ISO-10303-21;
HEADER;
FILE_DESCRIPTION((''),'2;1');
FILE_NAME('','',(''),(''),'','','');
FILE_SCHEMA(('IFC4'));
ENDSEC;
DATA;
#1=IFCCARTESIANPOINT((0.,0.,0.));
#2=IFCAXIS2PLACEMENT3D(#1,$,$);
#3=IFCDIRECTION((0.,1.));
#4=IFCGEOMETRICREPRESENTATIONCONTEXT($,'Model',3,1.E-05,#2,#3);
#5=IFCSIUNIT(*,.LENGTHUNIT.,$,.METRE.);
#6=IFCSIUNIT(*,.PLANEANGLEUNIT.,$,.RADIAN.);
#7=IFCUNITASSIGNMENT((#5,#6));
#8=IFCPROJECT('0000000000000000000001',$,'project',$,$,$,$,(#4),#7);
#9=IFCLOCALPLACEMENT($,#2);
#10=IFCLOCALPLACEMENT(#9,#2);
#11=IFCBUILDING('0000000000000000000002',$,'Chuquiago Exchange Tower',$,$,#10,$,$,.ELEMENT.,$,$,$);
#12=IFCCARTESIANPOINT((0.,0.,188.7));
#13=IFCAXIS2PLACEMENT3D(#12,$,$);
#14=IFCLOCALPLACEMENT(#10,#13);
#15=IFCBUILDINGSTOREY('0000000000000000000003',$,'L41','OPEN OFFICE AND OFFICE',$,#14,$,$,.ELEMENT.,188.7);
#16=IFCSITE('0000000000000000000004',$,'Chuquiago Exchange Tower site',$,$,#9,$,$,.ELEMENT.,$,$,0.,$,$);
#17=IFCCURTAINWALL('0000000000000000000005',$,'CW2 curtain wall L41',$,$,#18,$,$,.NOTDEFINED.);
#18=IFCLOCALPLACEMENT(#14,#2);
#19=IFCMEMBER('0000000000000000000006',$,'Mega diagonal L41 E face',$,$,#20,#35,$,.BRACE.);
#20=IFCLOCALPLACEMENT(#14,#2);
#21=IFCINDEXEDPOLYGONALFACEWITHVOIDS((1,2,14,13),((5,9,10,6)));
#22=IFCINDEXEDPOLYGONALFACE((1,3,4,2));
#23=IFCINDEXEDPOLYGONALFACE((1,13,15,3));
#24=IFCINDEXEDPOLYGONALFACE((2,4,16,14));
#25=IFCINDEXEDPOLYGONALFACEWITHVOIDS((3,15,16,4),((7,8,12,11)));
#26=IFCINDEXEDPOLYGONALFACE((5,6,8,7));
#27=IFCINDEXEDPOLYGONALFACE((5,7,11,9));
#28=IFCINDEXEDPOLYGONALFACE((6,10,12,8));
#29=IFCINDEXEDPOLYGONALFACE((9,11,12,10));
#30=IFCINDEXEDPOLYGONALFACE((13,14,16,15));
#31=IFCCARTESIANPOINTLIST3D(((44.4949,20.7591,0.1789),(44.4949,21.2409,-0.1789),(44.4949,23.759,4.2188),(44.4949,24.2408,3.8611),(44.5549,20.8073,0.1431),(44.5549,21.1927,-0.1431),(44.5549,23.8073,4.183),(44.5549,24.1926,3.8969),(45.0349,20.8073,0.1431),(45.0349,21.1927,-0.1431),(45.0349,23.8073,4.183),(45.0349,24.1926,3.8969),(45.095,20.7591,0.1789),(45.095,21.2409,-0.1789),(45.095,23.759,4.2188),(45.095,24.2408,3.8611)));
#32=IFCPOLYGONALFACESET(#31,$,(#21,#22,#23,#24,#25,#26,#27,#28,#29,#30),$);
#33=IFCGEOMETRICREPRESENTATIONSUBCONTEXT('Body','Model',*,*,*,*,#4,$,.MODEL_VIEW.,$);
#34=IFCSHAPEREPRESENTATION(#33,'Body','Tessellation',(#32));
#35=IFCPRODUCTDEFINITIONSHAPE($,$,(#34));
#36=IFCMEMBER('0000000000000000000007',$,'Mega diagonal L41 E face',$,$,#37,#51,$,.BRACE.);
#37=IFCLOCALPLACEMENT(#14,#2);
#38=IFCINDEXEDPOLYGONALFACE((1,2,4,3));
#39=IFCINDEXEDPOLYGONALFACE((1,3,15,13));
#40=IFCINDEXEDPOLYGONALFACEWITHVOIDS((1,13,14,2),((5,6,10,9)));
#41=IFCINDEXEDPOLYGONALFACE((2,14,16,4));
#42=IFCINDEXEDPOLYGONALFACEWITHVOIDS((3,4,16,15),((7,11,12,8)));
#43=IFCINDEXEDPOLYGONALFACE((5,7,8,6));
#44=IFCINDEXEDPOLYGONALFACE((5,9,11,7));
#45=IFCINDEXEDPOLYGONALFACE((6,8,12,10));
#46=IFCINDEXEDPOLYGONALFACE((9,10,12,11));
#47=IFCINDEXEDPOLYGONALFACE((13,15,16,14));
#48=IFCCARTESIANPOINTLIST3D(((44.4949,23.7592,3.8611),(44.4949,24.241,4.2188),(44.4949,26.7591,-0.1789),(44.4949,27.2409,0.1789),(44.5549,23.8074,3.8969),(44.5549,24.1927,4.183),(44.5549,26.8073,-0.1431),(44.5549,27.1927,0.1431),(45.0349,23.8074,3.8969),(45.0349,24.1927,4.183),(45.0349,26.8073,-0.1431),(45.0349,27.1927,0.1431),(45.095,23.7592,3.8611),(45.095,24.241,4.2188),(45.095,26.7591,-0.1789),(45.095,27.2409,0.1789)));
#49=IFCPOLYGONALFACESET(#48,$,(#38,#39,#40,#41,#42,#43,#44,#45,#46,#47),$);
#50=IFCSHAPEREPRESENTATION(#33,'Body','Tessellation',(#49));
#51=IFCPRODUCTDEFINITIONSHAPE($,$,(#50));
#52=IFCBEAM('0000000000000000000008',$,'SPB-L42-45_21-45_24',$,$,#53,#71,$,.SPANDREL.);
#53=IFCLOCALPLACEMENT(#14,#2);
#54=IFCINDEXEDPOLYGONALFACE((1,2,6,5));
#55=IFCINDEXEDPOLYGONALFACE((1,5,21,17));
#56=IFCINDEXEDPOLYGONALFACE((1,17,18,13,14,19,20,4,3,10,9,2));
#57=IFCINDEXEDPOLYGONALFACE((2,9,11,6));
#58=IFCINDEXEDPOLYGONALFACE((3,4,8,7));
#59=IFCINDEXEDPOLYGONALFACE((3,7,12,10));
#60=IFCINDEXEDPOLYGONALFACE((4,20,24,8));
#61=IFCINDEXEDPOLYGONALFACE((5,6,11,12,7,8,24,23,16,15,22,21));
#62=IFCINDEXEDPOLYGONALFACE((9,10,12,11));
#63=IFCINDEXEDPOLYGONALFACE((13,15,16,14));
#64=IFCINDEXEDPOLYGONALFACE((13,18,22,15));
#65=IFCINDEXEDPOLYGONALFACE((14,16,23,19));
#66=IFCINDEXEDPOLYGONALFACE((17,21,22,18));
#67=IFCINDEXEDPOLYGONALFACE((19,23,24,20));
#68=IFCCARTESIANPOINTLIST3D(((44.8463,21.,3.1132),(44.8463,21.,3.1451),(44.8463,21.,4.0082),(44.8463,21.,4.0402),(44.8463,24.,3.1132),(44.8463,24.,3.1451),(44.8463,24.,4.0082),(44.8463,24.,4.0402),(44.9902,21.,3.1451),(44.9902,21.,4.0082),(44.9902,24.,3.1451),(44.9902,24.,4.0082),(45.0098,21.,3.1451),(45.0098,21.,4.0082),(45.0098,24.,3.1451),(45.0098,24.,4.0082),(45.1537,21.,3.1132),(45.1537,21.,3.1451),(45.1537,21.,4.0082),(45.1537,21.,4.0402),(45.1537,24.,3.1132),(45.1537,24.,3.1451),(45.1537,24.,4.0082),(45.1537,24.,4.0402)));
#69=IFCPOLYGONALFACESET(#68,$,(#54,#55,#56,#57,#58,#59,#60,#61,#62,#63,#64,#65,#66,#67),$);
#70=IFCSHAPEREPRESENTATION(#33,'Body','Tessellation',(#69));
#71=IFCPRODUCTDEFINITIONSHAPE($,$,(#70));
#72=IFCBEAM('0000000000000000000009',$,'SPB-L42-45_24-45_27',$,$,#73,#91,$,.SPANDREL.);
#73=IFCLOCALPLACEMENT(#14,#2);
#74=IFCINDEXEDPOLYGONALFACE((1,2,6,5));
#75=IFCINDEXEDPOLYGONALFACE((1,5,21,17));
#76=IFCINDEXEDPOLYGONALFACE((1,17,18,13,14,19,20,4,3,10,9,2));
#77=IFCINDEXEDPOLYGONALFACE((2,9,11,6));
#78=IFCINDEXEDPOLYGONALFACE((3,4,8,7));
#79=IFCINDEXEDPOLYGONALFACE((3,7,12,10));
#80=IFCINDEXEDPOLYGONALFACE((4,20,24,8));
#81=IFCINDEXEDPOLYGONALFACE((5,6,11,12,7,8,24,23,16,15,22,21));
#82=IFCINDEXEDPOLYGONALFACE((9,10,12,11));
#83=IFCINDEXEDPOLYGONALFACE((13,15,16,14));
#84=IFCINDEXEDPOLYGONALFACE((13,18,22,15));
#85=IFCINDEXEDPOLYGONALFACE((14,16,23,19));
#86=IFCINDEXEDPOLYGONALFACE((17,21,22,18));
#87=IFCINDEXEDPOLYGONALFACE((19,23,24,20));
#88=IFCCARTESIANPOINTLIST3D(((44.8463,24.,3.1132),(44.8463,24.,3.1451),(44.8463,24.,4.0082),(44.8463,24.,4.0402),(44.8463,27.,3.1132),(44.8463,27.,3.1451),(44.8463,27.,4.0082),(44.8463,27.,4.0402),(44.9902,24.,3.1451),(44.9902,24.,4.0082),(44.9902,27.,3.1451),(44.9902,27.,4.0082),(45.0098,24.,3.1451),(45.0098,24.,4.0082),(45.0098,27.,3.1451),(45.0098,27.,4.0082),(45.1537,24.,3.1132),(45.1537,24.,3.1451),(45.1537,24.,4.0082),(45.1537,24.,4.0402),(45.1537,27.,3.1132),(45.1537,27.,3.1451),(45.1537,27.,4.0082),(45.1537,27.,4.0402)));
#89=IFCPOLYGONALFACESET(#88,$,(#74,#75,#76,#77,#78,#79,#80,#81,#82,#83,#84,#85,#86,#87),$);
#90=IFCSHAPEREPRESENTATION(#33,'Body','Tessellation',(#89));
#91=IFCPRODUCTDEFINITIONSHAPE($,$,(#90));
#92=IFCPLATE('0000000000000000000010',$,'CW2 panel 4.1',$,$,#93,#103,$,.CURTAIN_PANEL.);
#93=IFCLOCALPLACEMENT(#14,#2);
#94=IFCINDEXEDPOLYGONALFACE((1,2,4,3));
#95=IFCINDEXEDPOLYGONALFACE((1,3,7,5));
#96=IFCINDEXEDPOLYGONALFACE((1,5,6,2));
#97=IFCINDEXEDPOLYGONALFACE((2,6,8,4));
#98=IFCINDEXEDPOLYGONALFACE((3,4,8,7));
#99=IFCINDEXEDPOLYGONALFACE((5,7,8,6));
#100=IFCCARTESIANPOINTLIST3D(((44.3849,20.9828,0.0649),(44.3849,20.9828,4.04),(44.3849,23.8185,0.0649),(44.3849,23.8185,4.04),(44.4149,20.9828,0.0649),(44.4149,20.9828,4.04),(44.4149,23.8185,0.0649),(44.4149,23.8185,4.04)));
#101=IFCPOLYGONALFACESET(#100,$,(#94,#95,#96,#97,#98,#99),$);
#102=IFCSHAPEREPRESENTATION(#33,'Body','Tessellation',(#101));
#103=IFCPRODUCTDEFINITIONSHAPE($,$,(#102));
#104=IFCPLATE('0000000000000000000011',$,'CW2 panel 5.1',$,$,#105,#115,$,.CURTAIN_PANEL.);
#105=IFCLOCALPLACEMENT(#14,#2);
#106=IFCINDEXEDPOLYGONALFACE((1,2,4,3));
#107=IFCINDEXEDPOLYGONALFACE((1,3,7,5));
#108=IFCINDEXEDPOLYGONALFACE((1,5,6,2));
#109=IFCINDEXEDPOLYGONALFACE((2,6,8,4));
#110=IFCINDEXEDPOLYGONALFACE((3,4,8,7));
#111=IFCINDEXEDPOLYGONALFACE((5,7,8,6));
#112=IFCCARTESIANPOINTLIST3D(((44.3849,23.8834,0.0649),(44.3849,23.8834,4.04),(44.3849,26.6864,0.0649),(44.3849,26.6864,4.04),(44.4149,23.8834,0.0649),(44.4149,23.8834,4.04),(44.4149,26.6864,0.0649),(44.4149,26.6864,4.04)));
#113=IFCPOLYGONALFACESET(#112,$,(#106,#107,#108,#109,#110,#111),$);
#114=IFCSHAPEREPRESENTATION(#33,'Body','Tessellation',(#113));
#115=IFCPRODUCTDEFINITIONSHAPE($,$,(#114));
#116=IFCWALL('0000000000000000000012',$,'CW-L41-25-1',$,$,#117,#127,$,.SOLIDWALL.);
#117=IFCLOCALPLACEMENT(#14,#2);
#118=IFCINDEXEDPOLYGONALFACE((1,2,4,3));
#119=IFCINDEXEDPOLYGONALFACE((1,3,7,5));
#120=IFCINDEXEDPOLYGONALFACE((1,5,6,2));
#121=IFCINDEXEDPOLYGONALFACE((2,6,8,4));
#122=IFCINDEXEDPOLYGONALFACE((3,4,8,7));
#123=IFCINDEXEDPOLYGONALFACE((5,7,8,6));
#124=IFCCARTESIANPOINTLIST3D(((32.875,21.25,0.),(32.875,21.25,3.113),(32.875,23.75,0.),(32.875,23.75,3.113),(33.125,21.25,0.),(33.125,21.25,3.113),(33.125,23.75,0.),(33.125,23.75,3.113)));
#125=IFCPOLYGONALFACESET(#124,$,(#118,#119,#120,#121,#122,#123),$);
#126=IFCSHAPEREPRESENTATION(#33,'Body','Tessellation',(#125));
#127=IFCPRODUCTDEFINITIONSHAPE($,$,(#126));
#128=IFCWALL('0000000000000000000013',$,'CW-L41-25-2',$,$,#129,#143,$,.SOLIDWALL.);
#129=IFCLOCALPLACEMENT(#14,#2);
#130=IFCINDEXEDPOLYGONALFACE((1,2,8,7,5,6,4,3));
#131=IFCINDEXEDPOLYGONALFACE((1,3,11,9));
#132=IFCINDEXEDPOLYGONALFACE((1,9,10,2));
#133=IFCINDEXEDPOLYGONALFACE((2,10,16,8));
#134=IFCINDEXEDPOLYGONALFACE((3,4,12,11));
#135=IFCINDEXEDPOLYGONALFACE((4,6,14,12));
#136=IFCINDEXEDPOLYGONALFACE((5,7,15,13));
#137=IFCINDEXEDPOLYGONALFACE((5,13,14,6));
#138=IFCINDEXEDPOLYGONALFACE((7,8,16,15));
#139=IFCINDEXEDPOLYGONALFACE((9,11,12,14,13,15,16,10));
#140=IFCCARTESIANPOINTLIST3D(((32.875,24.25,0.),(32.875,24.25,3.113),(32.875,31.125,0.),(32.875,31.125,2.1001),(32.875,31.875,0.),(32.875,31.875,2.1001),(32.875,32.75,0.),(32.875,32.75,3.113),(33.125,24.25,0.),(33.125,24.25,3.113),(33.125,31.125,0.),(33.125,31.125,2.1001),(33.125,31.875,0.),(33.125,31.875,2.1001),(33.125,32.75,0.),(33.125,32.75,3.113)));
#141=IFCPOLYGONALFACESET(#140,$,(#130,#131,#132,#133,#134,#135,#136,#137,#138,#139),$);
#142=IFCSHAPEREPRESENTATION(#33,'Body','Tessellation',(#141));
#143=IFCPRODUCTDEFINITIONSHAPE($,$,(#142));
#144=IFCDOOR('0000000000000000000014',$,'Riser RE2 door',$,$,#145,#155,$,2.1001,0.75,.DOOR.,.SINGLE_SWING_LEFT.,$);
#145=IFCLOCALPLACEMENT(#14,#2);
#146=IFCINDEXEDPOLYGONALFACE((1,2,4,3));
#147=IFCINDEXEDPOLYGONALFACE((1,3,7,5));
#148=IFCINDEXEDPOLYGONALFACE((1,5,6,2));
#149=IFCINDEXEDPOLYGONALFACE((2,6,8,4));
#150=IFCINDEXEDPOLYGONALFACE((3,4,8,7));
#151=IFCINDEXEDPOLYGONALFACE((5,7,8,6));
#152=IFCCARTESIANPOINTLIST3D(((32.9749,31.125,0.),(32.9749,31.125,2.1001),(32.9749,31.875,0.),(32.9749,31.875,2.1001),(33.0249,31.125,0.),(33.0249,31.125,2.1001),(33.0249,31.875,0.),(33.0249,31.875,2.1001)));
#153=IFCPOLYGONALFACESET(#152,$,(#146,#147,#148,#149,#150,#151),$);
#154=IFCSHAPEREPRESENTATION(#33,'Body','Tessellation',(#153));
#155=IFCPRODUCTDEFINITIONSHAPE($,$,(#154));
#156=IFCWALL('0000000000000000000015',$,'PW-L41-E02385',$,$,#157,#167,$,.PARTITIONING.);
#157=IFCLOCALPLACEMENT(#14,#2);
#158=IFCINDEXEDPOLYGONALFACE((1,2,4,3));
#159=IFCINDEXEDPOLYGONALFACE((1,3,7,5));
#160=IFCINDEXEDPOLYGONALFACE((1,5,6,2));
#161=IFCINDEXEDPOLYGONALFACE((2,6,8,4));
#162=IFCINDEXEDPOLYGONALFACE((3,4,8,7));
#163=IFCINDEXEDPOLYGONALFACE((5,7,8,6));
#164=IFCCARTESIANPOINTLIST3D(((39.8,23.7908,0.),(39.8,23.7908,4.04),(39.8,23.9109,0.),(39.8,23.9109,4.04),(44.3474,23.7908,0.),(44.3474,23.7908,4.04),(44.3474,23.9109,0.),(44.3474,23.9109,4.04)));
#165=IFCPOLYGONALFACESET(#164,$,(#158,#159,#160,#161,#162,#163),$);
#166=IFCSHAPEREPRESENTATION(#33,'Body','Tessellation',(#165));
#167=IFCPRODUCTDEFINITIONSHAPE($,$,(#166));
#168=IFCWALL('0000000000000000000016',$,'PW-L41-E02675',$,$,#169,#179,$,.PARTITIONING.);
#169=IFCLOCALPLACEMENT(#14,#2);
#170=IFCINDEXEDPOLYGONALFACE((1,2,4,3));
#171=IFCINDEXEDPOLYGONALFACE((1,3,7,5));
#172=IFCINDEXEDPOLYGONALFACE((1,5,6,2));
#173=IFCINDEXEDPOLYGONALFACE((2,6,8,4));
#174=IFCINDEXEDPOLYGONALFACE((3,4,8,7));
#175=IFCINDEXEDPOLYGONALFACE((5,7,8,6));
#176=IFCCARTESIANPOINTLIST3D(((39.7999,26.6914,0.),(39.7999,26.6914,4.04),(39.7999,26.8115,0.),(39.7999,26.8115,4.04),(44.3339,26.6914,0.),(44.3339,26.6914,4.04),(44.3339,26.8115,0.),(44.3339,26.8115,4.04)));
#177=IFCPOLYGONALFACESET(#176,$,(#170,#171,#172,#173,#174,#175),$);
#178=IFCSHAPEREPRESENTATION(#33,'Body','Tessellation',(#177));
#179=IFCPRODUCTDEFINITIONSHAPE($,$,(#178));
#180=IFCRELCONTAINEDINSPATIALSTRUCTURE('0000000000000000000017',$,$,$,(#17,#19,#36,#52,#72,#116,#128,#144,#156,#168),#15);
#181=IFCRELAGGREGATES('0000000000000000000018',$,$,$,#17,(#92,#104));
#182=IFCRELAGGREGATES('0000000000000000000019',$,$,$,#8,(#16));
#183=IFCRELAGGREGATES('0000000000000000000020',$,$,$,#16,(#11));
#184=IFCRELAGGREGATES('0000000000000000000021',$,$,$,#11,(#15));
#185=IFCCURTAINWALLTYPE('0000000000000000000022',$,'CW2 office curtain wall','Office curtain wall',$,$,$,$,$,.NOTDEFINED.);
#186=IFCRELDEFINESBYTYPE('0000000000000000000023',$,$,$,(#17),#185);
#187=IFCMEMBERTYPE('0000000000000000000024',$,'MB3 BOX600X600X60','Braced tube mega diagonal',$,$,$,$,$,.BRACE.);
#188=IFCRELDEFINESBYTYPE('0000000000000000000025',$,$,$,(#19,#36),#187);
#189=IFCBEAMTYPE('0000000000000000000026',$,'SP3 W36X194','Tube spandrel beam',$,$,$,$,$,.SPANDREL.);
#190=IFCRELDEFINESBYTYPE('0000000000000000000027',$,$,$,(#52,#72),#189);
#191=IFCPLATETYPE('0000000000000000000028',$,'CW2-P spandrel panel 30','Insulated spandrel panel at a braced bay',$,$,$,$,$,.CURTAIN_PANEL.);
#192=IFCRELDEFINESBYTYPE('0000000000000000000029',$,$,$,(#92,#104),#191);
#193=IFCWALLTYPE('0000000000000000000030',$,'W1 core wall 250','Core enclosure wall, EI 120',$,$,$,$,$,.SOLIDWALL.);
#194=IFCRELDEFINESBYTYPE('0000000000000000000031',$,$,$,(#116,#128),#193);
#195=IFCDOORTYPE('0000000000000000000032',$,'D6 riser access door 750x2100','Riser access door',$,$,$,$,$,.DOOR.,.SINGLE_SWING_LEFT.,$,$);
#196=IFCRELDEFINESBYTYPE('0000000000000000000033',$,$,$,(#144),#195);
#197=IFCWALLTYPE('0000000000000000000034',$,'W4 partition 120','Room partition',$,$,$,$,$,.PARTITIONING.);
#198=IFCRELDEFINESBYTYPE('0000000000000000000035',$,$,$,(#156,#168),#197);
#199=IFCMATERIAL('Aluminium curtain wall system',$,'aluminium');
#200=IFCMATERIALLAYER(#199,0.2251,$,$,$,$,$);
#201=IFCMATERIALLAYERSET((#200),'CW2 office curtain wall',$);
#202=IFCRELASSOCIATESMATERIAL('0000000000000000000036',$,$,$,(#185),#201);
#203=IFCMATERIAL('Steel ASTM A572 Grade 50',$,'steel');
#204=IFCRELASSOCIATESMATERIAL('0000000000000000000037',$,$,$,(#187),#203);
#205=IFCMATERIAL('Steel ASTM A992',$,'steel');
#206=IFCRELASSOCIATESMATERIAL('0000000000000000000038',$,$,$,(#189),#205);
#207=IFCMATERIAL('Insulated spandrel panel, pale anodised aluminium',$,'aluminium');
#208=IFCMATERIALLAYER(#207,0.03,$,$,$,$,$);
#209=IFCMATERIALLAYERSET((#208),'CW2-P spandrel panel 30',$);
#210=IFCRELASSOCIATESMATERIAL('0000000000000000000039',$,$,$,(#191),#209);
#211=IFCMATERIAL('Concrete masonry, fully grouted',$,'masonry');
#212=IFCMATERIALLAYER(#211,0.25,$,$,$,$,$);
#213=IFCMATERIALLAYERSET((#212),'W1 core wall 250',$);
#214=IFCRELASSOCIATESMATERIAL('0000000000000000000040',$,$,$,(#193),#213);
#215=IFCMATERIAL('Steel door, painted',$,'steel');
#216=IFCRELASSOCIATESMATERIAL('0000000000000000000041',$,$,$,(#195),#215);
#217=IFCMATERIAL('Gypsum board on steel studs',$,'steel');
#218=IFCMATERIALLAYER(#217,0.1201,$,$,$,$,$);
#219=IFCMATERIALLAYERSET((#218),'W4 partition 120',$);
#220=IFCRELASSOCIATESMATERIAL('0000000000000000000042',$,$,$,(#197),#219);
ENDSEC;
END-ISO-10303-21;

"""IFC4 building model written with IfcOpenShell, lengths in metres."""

from ifc_helpers import new_model, si_unit, direction, frame, frame_2d, origin, origin_2d, place, context, subcontext, project, spatial, rectangle, hollow_rectangle, i_section, extrude, material, layer, layer_set, material_profile, profile_set, type_object, element, fill, aggregate, save


model = new_model("IFC4")

# Units and contexts
model_context = context("Model", 3, precision=1e-05, world=origin(), true_north=direction((0.0, 1.0)))
body_context = subcontext(model_context, "Body", "Model", "MODEL_VIEW")
ifc_project = project(units=[si_unit("LENGTHUNIT", "METRE"), si_unit("PLANEANGLEUNIT", "RADIAN")], contexts=[model_context])

# Site, building, storey
site_placement = place(None, origin())
site = spatial("IfcSite", under=ifc_project, at=site_placement, Name="Chuquiago Exchange Tower site", CompositionType="ELEMENT", RefElevation=0.0)
building_placement = place(site_placement, origin())
building = spatial("IfcBuilding", under=site, at=building_placement, Name="Chuquiago Exchange Tower", CompositionType="ELEMENT")
storey_placement = place(building_placement, frame((0.0, 0.0, 188.7)))
storey = spatial("IfcBuildingStorey", under=building, at=storey_placement, Name="L41", Description="OPEN OFFICE AND OFFICE", CompositionType="ELEMENT", Elevation=188.7)

# Curtain wall
ifc_material_1 = material(Name="Aluminium curtain wall system", Category="aluminium")
ifc_layer_1 = layer(ifc_material_1, 0.2251)
ifc_layer_set_1 = layer_set([ifc_layer_1], Name="CW2 office curtain wall")
curtain_wall_type_1 = type_object("IfcCurtainWallType", Name="CW2 office curtain wall", Description="Office curtain wall", PredefinedType="NOTDEFINED", material=ifc_layer_set_1)
curtain_wall_1_placement = place(storey_placement, origin())
curtain_wall_1 = element("IfcCurtainWall", 1, at=curtain_wall_1_placement, inside=storey, type_object=curtain_wall_type_1, Name="CW2 curtain wall L41", PredefinedType="NOTDEFINED")

# Members
ifc_material_2 = material(Name="Steel ASTM A572 Grade 50", Category="steel")
ifc_material_profile_1 = material_profile(ifc_material_2, hollow_rectangle(XDim=0.6001, YDim=0.6001, WallThickness=0.0601, at=origin_2d()), Name="BOX600X600X60")
ifc_profile_set_1 = profile_set([ifc_material_profile_1], Name="Steel ASTM A572 Grade 50")
member_type_1 = type_object("IfcMemberType", Name="MB3 BOX600X600X60", Description="Braced tube mega diagonal", PredefinedType="BRACE", material=ifc_profile_set_1)
for number, where, z_axis, x_axis, name in (
    (2, (44.7949, 21.0, 0.0), (0.0, 0.596174, 0.802855), (-1.0, 0.0, 0.0), "Mega diagonal L41 E face"),
    (3, (44.7949, 27.0, 0.0), (0.0, -0.596174, 0.802855), (1.0, 0.0, 0.0), "Mega diagonal L41 E face"),
):
    element("IfcMember", number, at=place(storey_placement, frame(where, z_axis=z_axis, x_axis=x_axis)), inside=storey, type_object=member_type_1, Name=name, PredefinedType="BRACE", context=body_context, shape_type="SweptSolid", body=[
        extrude(hollow_rectangle(XDim=0.6001, YDim=0.6001, WallThickness=0.0601, at=origin_2d()), origin(), (0.0, 0.0, 1.0), 5.032),
    ])

# Beams
ifc_material_3 = material(Name="Steel ASTM A992", Category="steel")
ifc_material_profile_2 = material_profile(ifc_material_3, i_section(OverallWidth=0.3074, OverallDepth=0.927, WebThickness=0.0195, FlangeThickness=0.032, at=origin_2d()), Name="W36X194")
ifc_profile_set_2 = profile_set([ifc_material_profile_2], Name="Steel ASTM A992")
beam_type_1 = type_object("IfcBeamType", Name="SP3 W36X194", Description="Tube spandrel beam", PredefinedType="SPANDREL", material=ifc_profile_set_2)
for number, where, z_axis, x_axis, name in (
    (4, (45.0, 21.0, 3.5767), (0.0, 1.0, 0.0), (-1.0, 0.0, 0.0), "SPB-L42-45_21-45_24"),
    (5, (45.0, 24.0, 3.5767), (0.0, 1.0, 0.0), (-1.0, 0.0, 0.0), "SPB-L42-45_24-45_27"),
):
    element("IfcBeam", number, at=place(storey_placement, frame(where, z_axis=z_axis, x_axis=x_axis)), inside=storey, type_object=beam_type_1, Name=name, PredefinedType="SPANDREL", context=body_context, shape_type="SweptSolid", body=[
        extrude(i_section(OverallWidth=0.3074, OverallDepth=0.927, WebThickness=0.0195, FlangeThickness=0.032, at=origin_2d()), origin(), (0.0, 0.0, 1.0), 3.0),
    ])

# Plates
ifc_material_4 = material(Name="Insulated spandrel panel, pale anodised aluminium", Category="aluminium")
ifc_layer_2 = layer(ifc_material_4, 0.03)
ifc_layer_set_2 = layer_set([ifc_layer_2], Name="CW2-P spandrel panel 30")
plate_type = type_object("IfcPlateType", Name="CW2-P spandrel panel 30", Description="Insulated spandrel panel at a braced bay", PredefinedType="CURTAIN_PANEL", material=ifc_layer_set_2)
plate_1_placement = place(storey_placement, frame((44.3999, 22.4006, 0.0649), z_axis=(0.0, 0.0, 1.0), x_axis=(0.0, 1.0, 0.0)))
plate_1 = element("IfcPlate", 6, at=plate_1_placement, type_object=plate_type, Name="CW2 panel 4.1", PredefinedType="CURTAIN_PANEL", context=body_context, shape_type="SweptSolid", body=[
    extrude(rectangle(XDim=2.8357, YDim=0.03, at=origin_2d()), origin(), (0.0, 0.0, 1.0), 3.9751),
])
plate_2_placement = place(storey_placement, frame((44.3999, 25.2849, 0.0649), z_axis=(0.0, 0.0, 1.0), x_axis=(0.0, 1.0, 0.0)))
plate_2 = element("IfcPlate", 7, at=plate_2_placement, type_object=plate_type, Name="CW2 panel 5.1", PredefinedType="CURTAIN_PANEL", context=body_context, shape_type="SweptSolid", body=[
    extrude(rectangle(XDim=2.803, YDim=0.03, at=origin_2d()), origin(), (0.0, 0.0, 1.0), 3.9751),
])
aggregate(curtain_wall_1, [plate_1, plate_2])

# Wall
ifc_material_5 = material(Name="Concrete masonry, fully grouted", Category="masonry")
ifc_layer_3 = layer(ifc_material_5, 0.25)
ifc_layer_set_3 = layer_set([ifc_layer_3], Name="W1 core wall 250")
wall_type_1 = type_object("IfcWallType", Name="W1 core wall 250", Description="Core enclosure wall, EI 120", PredefinedType="SOLIDWALL", material=ifc_layer_set_3)
wall_1_placement = place(storey_placement, frame((33.0, 21.25, 0.0), z_axis=(0.0, 0.0, 1.0), x_axis=(0.0, 1.0, 0.0)))
element("IfcWall", 8, at=wall_1_placement, inside=storey, type_object=wall_type_1, Name="CW-L41-25-1", PredefinedType="SOLIDWALL", context=body_context, shape_type="SweptSolid", body=[
    extrude(rectangle(XDim=2.5, YDim=0.25, at=frame_2d((1.25, 0.0))), origin(), (0.0, 0.0, 1.0), 3.113),
])

# Wall, opening, door
wall_2_placement = place(storey_placement, frame((33.0, 24.25, 0.0), z_axis=(0.0, 0.0, 1.0), x_axis=(0.0, 1.0, 0.0)))
wall_2 = element("IfcWall", 9, at=wall_2_placement, inside=storey, type_object=wall_type_1, Name="CW-L41-25-2", PredefinedType="SOLIDWALL", context=body_context, shape_type="SweptSolid", body=[
    extrude(rectangle(XDim=8.5, YDim=0.25, at=frame_2d((4.25, 0.0))), origin(), (0.0, 0.0, 1.0), 3.113),
])
opening_1_placement = place(wall_2_placement, frame((6.875, 0.0, 0.0)))
opening_1 = element("IfcOpeningElement", 10, at=opening_1_placement, cuts=wall_2, PredefinedType="OPENING", context=body_context, shape_type="SweptSolid", body=[
    extrude(rectangle(XDim=0.75, YDim=2.1001, at=frame_2d((0.375, 1.05))), frame((0.0, 0.135, 0.0), z_axis=(0.0, -1.0, 0.0), x_axis=(1.0, 0.0, 0.0)), (0.0, 0.0, 1.0), 0.27),
])
ifc_material_6 = material(Name="Steel door, painted", Category="steel")
door_type_1 = type_object("IfcDoorType", Name="D6 riser access door 750x2100", Description="Riser access door", OperationType="SINGLE_SWING_LEFT", PredefinedType="DOOR", material=ifc_material_6)
door_1_placement = place(opening_1_placement, frame((0.75, 0.0, 0.0), z_axis=(0.0, 0.0, 1.0), x_axis=(-1.0, 0.0, 0.0)))
door_1 = element("IfcDoor", 11, at=door_1_placement, inside=storey, type_object=door_type_1, Name="Riser RE2 door", OperationType="SINGLE_SWING_LEFT", OverallHeight=2.1001, OverallWidth=0.75, PredefinedType="DOOR", context=body_context, shape_type="SweptSolid", body=[
    extrude(rectangle(XDim=0.75, YDim=2.1001, at=frame_2d((0.375, 1.05))), frame((0.0, 0.0249, 0.0), z_axis=(0.0, -1.0, 0.0), x_axis=(1.0, 0.0, 0.0)), (0.0, 0.0, 1.0), 0.05),
])
fill(opening_1, door_1)

# Walls
ifc_material_7 = material(Name="Gypsum board on steel studs", Category="steel")
ifc_layer_4 = layer(ifc_material_7, 0.1201)
ifc_layer_set_4 = layer_set([ifc_layer_4], Name="W4 partition 120")
wall_type_2 = type_object("IfcWallType", Name="W4 partition 120", Description="Room partition", PredefinedType="PARTITIONING", material=ifc_layer_set_4)
wall_3_placement = place(storey_placement, frame((44.3474, 23.8508, 0.0), z_axis=(0.0, 0.0, 1.0), x_axis=(-1.0, 0.0, 0.0)))
element("IfcWall", 12, at=wall_3_placement, inside=storey, type_object=wall_type_2, Name="PW-L41-E02385", PredefinedType="PARTITIONING", context=body_context, shape_type="SweptSolid", body=[
    extrude(rectangle(XDim=4.5474, YDim=0.1201, at=frame_2d((2.2737, 0.0))), origin(), (0.0, 0.0, 1.0), 4.04),
])
wall_4_placement = place(storey_placement, frame((44.334, 26.7515, 0.0), z_axis=(0.0, 0.0, 1.0), x_axis=(-1.0, 0.0, 0.0)))
element("IfcWall", 13, at=wall_4_placement, inside=storey, type_object=wall_type_2, Name="PW-L41-E02675", PredefinedType="PARTITIONING", context=body_context, shape_type="SweptSolid", body=[
    extrude(rectangle(XDim=4.5339, YDim=0.1201, at=frame_2d((2.2671, 0.0))), origin(), (0.0, 0.0, 1.0), 4.04),
])

save(model, "model.ifc")
